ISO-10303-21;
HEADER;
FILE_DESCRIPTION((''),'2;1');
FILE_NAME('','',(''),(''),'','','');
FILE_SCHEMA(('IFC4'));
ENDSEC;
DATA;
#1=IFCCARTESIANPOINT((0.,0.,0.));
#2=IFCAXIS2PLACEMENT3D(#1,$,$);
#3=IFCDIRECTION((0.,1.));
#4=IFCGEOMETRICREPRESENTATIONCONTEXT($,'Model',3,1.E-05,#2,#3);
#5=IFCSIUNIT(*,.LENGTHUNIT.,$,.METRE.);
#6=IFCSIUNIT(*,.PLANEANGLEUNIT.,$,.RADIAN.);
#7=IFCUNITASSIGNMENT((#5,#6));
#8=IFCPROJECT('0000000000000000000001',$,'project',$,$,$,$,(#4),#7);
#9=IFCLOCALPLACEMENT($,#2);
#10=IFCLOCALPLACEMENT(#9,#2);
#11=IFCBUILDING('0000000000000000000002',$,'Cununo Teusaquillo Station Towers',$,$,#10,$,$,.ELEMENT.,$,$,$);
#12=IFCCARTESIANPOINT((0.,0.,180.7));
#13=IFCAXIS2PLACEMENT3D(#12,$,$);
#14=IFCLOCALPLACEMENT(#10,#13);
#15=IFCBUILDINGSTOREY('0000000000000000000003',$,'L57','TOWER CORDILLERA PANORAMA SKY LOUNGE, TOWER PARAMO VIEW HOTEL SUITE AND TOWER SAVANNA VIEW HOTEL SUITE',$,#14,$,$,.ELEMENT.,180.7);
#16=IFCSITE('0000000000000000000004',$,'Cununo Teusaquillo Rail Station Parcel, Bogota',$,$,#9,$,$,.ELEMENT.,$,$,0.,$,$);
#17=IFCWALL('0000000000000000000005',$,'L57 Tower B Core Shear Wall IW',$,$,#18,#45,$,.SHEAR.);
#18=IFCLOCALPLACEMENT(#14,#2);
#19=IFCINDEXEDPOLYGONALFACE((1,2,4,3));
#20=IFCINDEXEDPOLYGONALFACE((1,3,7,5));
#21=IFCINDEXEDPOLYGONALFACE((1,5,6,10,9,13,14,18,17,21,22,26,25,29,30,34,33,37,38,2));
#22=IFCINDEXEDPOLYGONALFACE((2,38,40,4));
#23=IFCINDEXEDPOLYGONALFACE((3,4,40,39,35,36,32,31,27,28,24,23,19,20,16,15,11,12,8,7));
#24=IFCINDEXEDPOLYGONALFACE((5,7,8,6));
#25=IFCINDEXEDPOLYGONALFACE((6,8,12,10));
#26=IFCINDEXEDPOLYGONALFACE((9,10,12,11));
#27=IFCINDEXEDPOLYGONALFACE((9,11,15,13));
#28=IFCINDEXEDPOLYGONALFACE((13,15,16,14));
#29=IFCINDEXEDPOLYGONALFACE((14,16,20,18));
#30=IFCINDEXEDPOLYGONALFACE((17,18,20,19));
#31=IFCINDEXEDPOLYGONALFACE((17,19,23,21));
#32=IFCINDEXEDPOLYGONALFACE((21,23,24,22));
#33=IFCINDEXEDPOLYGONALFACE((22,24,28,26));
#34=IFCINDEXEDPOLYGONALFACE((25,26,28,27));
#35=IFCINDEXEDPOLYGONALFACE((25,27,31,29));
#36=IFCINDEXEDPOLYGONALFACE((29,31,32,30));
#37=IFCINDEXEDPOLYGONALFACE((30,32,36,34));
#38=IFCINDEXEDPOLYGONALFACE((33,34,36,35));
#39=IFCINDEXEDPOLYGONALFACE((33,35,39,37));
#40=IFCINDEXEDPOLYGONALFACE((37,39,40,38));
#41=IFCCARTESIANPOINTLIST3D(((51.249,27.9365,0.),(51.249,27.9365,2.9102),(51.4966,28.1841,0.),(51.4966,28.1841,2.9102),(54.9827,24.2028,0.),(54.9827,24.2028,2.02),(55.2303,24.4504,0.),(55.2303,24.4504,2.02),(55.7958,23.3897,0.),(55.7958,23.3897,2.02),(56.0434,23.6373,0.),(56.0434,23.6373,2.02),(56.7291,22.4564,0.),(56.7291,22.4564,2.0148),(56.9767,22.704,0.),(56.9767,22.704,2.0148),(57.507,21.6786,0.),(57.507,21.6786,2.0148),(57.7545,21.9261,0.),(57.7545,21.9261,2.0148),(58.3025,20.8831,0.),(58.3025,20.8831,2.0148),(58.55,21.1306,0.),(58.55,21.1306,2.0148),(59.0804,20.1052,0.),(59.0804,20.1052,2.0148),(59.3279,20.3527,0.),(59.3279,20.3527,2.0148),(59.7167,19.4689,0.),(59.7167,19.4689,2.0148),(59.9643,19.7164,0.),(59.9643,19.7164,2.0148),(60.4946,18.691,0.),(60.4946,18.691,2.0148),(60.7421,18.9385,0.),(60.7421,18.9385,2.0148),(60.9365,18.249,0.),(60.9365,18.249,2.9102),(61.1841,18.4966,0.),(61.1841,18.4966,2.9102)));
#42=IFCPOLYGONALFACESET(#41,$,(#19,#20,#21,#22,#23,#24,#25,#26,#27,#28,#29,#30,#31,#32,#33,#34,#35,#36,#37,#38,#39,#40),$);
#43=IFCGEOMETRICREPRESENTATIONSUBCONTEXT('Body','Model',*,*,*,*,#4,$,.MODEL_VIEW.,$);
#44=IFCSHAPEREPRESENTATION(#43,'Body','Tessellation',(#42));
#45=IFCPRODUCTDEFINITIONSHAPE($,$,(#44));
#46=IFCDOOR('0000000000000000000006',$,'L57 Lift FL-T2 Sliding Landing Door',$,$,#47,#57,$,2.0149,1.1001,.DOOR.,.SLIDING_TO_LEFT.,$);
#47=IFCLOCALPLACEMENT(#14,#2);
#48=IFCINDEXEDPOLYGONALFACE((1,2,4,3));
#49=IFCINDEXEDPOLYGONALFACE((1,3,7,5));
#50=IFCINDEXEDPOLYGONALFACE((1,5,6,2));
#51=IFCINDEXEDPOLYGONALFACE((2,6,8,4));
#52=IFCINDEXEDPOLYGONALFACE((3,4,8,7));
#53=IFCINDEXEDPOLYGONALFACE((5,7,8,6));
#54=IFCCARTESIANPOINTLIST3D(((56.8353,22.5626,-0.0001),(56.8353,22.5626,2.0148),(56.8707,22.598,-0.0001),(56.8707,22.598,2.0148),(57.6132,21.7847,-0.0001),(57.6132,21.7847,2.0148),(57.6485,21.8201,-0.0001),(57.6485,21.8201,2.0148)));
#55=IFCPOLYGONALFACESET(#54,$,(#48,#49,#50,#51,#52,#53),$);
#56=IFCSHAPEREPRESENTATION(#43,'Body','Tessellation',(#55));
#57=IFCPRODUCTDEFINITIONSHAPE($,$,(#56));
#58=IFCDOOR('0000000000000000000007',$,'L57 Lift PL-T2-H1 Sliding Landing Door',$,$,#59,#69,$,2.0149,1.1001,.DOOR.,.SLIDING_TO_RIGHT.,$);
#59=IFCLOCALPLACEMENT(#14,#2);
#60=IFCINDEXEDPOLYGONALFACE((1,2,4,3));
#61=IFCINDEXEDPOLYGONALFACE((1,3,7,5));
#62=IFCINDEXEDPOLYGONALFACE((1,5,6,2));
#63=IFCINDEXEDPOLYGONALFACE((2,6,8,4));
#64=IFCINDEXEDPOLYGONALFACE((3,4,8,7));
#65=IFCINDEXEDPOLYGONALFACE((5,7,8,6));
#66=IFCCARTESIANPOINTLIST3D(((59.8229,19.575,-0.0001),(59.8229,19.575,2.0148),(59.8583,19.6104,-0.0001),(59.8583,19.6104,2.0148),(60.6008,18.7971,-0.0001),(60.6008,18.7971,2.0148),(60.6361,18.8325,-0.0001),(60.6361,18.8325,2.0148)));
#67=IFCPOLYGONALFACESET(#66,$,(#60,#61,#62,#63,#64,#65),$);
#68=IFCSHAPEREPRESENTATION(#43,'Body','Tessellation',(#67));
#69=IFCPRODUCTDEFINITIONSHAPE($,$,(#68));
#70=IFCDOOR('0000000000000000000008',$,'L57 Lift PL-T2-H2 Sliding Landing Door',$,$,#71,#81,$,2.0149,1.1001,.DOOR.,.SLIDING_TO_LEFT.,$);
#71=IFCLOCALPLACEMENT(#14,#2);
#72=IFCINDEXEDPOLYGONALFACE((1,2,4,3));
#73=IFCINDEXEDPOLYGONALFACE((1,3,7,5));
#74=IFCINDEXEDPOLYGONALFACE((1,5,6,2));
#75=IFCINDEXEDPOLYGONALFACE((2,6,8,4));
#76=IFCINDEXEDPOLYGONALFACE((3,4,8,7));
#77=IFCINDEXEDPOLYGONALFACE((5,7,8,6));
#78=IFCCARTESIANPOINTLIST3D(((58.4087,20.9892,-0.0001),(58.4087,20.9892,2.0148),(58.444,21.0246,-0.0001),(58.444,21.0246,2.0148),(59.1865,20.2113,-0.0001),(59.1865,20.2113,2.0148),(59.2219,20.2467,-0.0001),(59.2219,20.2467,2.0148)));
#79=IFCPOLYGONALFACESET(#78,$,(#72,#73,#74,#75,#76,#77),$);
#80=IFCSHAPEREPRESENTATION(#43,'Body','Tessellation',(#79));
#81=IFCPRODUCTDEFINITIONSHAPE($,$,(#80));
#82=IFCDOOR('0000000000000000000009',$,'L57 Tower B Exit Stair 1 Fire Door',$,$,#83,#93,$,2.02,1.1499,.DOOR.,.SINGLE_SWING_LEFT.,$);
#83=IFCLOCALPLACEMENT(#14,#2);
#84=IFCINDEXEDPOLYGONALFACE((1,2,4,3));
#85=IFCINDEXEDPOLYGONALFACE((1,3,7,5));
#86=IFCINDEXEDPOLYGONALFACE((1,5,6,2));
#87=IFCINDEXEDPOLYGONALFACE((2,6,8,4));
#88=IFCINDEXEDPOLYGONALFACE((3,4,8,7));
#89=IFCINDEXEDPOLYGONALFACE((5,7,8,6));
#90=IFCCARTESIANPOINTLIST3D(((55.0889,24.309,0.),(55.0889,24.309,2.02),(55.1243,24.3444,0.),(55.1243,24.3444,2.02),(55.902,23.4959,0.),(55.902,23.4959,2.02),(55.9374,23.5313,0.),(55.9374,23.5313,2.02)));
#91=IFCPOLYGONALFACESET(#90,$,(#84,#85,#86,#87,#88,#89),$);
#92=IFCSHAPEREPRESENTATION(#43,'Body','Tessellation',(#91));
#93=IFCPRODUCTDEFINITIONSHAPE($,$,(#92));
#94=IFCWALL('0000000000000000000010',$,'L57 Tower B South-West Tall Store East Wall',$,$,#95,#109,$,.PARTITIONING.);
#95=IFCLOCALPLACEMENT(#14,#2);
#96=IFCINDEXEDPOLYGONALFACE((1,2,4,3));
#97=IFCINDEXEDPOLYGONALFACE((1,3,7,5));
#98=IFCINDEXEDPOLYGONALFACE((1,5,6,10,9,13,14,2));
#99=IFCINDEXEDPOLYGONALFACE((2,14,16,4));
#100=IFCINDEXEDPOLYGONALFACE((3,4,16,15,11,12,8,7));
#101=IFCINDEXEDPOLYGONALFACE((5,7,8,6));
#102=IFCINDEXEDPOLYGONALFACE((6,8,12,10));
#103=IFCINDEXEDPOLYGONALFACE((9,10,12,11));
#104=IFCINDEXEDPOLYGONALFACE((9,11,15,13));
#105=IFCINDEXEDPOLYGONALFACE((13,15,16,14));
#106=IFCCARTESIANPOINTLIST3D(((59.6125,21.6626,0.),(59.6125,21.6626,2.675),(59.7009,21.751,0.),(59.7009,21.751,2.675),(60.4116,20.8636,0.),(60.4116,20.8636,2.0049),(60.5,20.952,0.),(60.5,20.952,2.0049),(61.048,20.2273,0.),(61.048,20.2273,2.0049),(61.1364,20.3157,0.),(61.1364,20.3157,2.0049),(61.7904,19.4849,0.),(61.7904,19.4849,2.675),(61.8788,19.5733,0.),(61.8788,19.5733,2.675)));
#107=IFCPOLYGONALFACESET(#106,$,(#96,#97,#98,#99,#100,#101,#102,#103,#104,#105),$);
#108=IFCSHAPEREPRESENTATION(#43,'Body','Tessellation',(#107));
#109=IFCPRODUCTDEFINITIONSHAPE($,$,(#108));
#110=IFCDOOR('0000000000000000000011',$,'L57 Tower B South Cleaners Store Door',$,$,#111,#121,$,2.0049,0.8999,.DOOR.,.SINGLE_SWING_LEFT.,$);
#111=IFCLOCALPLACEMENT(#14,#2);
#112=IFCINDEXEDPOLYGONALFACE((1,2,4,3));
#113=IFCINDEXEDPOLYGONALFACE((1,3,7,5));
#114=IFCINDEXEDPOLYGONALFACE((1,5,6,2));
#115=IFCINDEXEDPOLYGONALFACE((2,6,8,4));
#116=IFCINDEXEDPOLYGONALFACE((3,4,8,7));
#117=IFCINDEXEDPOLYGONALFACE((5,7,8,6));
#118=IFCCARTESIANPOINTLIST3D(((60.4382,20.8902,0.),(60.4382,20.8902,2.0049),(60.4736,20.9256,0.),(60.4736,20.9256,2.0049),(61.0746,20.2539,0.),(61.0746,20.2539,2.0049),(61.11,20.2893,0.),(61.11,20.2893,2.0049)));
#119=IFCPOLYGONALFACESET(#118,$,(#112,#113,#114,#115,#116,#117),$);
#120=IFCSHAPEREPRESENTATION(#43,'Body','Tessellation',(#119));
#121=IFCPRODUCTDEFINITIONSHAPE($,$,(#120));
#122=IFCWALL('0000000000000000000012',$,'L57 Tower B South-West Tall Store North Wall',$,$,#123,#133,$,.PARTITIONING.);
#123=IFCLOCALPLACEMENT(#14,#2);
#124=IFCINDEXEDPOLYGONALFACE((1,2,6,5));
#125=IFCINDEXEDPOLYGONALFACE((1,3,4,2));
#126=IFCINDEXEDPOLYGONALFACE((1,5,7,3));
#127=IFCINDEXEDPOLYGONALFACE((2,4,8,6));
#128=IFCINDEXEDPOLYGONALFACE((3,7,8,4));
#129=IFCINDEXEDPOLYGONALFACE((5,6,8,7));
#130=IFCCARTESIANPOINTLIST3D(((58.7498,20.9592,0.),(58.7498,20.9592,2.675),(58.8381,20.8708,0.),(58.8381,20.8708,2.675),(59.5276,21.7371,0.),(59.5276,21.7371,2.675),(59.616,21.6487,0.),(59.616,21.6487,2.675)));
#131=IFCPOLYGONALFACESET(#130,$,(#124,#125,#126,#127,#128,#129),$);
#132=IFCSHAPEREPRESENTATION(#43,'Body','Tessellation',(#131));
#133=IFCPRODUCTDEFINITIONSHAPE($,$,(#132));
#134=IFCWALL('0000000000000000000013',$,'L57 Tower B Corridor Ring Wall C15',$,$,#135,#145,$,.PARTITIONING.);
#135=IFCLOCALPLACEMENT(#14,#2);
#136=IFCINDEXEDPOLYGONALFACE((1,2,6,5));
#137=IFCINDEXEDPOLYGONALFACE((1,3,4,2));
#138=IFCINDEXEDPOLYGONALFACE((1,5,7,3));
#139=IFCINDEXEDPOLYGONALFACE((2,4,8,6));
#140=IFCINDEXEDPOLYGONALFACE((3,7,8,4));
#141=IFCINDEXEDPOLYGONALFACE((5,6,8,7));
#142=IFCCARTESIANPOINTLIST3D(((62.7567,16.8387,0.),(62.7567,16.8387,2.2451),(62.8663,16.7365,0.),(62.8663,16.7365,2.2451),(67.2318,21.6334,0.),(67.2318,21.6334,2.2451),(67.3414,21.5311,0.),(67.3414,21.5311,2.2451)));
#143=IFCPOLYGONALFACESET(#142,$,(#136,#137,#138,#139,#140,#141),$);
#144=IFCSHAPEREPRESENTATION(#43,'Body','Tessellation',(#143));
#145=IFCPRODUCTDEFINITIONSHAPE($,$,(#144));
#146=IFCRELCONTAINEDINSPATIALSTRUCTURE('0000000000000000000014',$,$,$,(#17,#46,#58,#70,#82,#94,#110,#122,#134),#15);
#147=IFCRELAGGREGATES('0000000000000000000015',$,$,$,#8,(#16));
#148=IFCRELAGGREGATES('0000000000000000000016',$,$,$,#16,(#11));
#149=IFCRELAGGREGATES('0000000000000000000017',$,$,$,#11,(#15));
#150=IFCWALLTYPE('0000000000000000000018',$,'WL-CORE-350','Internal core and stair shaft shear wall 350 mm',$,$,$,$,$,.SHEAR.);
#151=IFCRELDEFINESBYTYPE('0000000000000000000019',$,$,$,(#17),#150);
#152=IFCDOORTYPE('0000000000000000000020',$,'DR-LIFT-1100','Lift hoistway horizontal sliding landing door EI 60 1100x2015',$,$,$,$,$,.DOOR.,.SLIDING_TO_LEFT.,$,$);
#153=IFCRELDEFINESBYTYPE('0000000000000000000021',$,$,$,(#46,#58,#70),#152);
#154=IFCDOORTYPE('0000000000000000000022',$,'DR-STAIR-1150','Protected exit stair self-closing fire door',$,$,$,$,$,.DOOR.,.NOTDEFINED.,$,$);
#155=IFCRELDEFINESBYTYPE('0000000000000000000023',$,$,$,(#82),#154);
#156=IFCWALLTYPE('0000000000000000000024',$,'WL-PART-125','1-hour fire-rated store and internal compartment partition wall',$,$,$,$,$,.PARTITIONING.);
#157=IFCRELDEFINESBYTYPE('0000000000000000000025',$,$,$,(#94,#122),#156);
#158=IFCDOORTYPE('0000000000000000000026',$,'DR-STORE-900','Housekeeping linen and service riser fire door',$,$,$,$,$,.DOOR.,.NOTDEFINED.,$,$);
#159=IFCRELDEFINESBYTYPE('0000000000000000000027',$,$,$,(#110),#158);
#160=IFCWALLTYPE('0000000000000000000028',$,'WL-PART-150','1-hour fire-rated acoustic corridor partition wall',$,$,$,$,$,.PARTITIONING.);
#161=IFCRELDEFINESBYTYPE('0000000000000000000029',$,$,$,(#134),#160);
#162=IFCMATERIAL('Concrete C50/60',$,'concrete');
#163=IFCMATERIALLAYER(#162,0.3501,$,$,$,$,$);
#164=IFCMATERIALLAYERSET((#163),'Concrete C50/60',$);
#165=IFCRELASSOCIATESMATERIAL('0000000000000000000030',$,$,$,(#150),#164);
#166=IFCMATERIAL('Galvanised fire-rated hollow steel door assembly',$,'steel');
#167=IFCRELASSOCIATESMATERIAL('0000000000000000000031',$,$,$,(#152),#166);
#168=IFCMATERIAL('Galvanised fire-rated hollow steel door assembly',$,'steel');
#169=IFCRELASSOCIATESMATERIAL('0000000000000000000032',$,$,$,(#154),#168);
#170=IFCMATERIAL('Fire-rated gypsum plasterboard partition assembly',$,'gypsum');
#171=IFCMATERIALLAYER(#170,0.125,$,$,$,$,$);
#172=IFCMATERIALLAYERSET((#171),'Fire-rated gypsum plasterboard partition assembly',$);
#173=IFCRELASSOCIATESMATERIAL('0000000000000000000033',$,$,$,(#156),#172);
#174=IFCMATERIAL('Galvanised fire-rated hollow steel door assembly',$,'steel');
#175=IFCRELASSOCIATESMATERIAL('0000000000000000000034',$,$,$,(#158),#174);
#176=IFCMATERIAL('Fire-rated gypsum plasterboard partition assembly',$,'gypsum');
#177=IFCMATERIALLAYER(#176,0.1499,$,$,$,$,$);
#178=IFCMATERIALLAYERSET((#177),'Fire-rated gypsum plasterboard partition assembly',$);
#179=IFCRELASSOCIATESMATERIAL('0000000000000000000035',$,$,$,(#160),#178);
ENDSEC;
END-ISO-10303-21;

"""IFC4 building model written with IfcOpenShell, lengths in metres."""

from ifc_helpers import new_model, si_unit, direction, frame, frame_2d, origin, place, context, subcontext, project, spatial, rectangle, extrude, source, transform, mapped, material, layer, layer_set, type_object, element, fill, save


model = new_model("IFC4")

# Units and contexts
model_context = context("Model", 3, precision=1e-05, world=origin(), true_north=direction((0.0, 1.0)))
body_context = subcontext(model_context, "Body", "Model", "MODEL_VIEW")
ifc_project = project(units=[si_unit("LENGTHUNIT", "METRE"), si_unit("PLANEANGLEUNIT", "RADIAN")], contexts=[model_context])

# Site, building, storey
site_placement = place(None, origin())
site = spatial("IfcSite", under=ifc_project, at=site_placement, Name="Cununo Teusaquillo Rail Station Parcel, Bogota", CompositionType="ELEMENT", RefElevation=0.0)
building_placement = place(site_placement, origin())
building = spatial("IfcBuilding", under=site, at=building_placement, Name="Cununo Teusaquillo Station Towers", CompositionType="ELEMENT")
storey_placement = place(building_placement, frame((0.0, 0.0, 180.7)))
storey = spatial("IfcBuildingStorey", under=building, at=storey_placement, Name="L57", Description="TOWER CORDILLERA PANORAMA SKY LOUNGE, TOWER PARAMO VIEW HOTEL SUITE AND TOWER SAVANNA VIEW HOTEL SUITE", CompositionType="ELEMENT", Elevation=180.7)

# Wall, openings, doors
ifc_material_1 = material(Name="Concrete C50/60", Category="concrete")
ifc_layer_1 = layer(ifc_material_1, 0.3501)
ifc_layer_set_1 = layer_set([ifc_layer_1], Name="Concrete C50/60")
wall_type_1 = type_object("IfcWallType", Name="WL-CORE-350", Description="Internal core and stair shaft shear wall 350 mm", PredefinedType="SHEAR", material=ifc_layer_set_1)
wall_1_placement = place(storey_placement, frame((61.0603, 18.3728, 0.0), z_axis=(0.0, 0.0, 1.0), x_axis=(-0.707107, 0.707107, 0.0)))
wall_1 = element("IfcWall", 1, at=wall_1_placement, inside=storey, type_object=wall_type_1, Name="L57 Tower B Core Shear Wall IW", PredefinedType="SHEAR", context=body_context, shape_type="SweptSolid", body=[
    extrude(rectangle(XDim=13.7002, YDim=0.3501, at=frame_2d((6.8501, 0.0))), origin(), (0.0, 0.0, 1.0), 2.9102),
])
shared_shape_1 = source(origin(), body_context, "Body", "SweptSolid", [
    extrude(rectangle(XDim=1.1001, YDim=2.0149, at=frame_2d((0.55, 1.0073))), frame((0.0, 0.1851, 0.0), z_axis=(0.0, -1.0, 0.0), x_axis=(1.0, 0.0, 0.0)), (0.0, 0.0, 1.0), 0.3701),
])
opening_1_placement = place(wall_1_placement, frame((4.8501, 0.0, 0.0)))
opening_1 = element("IfcOpeningElement", 2, at=opening_1_placement, cuts=wall_1, PredefinedType="OPENING", context=body_context, shape_type="MappedRepresentation", body=[
    mapped(shared_shape_1, transform((0.0, 0.0, 0.0), x_axis=(1.0, 0.0, 0.0), y_axis=(0.0, 1.0, 0.0), z_axis=(0.0, 0.0, 1.0), scale=1.0)),
])
opening_2_placement = place(wall_1_placement, frame((0.625, 0.0, 0.0)))
opening_2 = element("IfcOpeningElement", 3, at=opening_2_placement, cuts=wall_1, PredefinedType="OPENING", context=body_context, shape_type="MappedRepresentation", body=[
    mapped(shared_shape_1, transform((0.0, 0.0, 0.0), x_axis=(1.0, 0.0, 0.0), y_axis=(0.0, 1.0, 0.0), z_axis=(0.0, 0.0, 1.0), scale=1.0)),
])
opening_3_placement = place(wall_1_placement, frame((2.625, 0.0, 0.0)))
opening_3 = element("IfcOpeningElement", 4, at=opening_3_placement, cuts=wall_1, PredefinedType="OPENING", context=body_context, shape_type="MappedRepresentation", body=[
    mapped(shared_shape_1, transform((0.0, 0.0, 0.0), x_axis=(1.0, 0.0, 0.0), y_axis=(0.0, 1.0, 0.0), z_axis=(0.0, 0.0, 1.0), scale=1.0)),
])
shared_shape_2 = source(origin(), body_context, "Body", "SweptSolid", [
    extrude(rectangle(XDim=1.1499, YDim=2.02, at=frame_2d((0.575, 1.01))), frame((0.0, 0.1851, 0.0), z_axis=(0.0, -1.0, 0.0), x_axis=(1.0, 0.0, 0.0)), (0.0, 0.0, 1.0), 0.3701),
])
opening_4_placement = place(wall_1_placement, frame((7.27, 0.0, 0.0)))
opening_4 = element("IfcOpeningElement", 5, at=opening_4_placement, cuts=wall_1, PredefinedType="OPENING", context=body_context, shape_type="MappedRepresentation", body=[
    mapped(shared_shape_2, transform((0.0, 0.0, 0.0), x_axis=(1.0, 0.0, 0.0), y_axis=(0.0, 1.0, 0.0), z_axis=(0.0, 0.0, 1.0), scale=1.0)),
])
ifc_material_2 = material(Name="Galvanised fire-rated hollow steel door assembly", Category="steel")
door_type_1 = type_object("IfcDoorType", Name="DR-LIFT-1100", Description="Lift hoistway horizontal sliding landing door EI 60 1100x2015", OperationType="SLIDING_TO_LEFT", PredefinedType="DOOR", material=ifc_material_2)
shared_shape_3 = source(origin(), body_context, "Body", "SweptSolid", [
    extrude(rectangle(XDim=1.1001, YDim=2.0149, at=frame_2d((0.55, 1.0073))), frame((0.0, 0.0249, 0.0), z_axis=(0.0, -1.0, 0.0), x_axis=(1.0, 0.0, 0.0)), (0.0, 0.0, 1.0), 0.05),
])
door_1_placement = place(opening_1_placement, origin())
door_1 = element("IfcDoor", 6, at=door_1_placement, inside=storey, type_object=door_type_1, Name="L57 Lift FL-T2 Sliding Landing Door", OperationType="SLIDING_TO_LEFT", OverallHeight=2.0149, OverallWidth=1.1001, PredefinedType="DOOR", context=body_context, shape_type="MappedRepresentation", body=[
    mapped(shared_shape_3, transform((0.0, 0.0, 0.0), x_axis=(1.0, 0.0, 0.0), y_axis=(0.0, 1.0, 0.0), z_axis=(0.0, 0.0, 1.0), scale=1.0)),
])
fill(opening_1, door_1)
door_2_placement = place(opening_2_placement, origin())
door_2 = element("IfcDoor", 7, at=door_2_placement, inside=storey, type_object=door_type_1, Name="L57 Lift PL-T2-H1 Sliding Landing Door", OperationType="SLIDING_TO_RIGHT", OverallHeight=2.0149, OverallWidth=1.1001, PredefinedType="DOOR", context=body_context, shape_type="MappedRepresentation", body=[
    mapped(shared_shape_3, transform((0.0, 0.0, 0.0), x_axis=(1.0, 0.0, 0.0), y_axis=(0.0, 1.0, 0.0), z_axis=(0.0, 0.0, 1.0), scale=1.0)),
])
fill(opening_2, door_2)
door_3_placement = place(opening_3_placement, origin())
door_3 = element("IfcDoor", 8, at=door_3_placement, inside=storey, type_object=door_type_1, Name="L57 Lift PL-T2-H2 Sliding Landing Door", OperationType="SLIDING_TO_LEFT", OverallHeight=2.0149, OverallWidth=1.1001, PredefinedType="DOOR", context=body_context, shape_type="MappedRepresentation", body=[
    mapped(shared_shape_3, transform((0.0, 0.0, 0.0), x_axis=(1.0, 0.0, 0.0), y_axis=(0.0, 1.0, 0.0), z_axis=(0.0, 0.0, 1.0), scale=1.0)),
])
fill(opening_3, door_3)
ifc_material_3 = material(Name="Galvanised fire-rated hollow steel door assembly", Category="steel")
door_type_2 = type_object("IfcDoorType", Name="DR-STAIR-1150", Description="Protected exit stair self-closing fire door", OperationType="NOTDEFINED", PredefinedType="DOOR", material=ifc_material_3)
shared_shape_4 = source(origin(), body_context, "Body", "SweptSolid", [
    extrude(rectangle(XDim=1.1499, YDim=2.02, at=frame_2d((0.575, 1.01))), frame((0.0, 0.0249, 0.0), z_axis=(0.0, -1.0, 0.0), x_axis=(1.0, 0.0, 0.0)), (0.0, 0.0, 1.0), 0.05),
])
door_4_placement = place(opening_4_placement, origin())
door_4 = element("IfcDoor", 9, at=door_4_placement, inside=storey, type_object=door_type_2, Name="L57 Tower B Exit Stair 1 Fire Door", OperationType="SINGLE_SWING_LEFT", OverallHeight=2.02, OverallWidth=1.1499, PredefinedType="DOOR", context=body_context, shape_type="MappedRepresentation", body=[
    mapped(shared_shape_4, transform((0.0, 0.0, 0.0), x_axis=(1.0, 0.0, 0.0), y_axis=(0.0, 1.0, 0.0), z_axis=(0.0, 0.0, 1.0), scale=1.0)),
])
fill(opening_4, door_4)

# Wall, opening, door
ifc_material_4 = material(Name="Fire-rated gypsum plasterboard partition assembly", Category="gypsum")
ifc_layer_2 = layer(ifc_material_4, 0.125)
ifc_layer_set_2 = layer_set([ifc_layer_2], Name="Fire-rated gypsum plasterboard partition assembly")
wall_type_2 = type_object("IfcWallType", Name="WL-PART-125", Description="1-hour fire-rated store and internal compartment partition wall", PredefinedType="PARTITIONING", material=ifc_layer_set_2)
wall_2_placement = place(storey_placement, frame((61.8347, 19.5291, 0.0), z_axis=(0.0, 0.0, 1.0), x_axis=(-0.707146, 0.707067, 0.0)))
wall_2 = element("IfcWall", 10, at=wall_2_placement, inside=storey, type_object=wall_type_2, Name="L57 Tower B South-West Tall Store East Wall", PredefinedType="PARTITIONING", context=body_context, shape_type="SweptSolid", body=[
    extrude(rectangle(XDim=3.0798, YDim=0.125, at=frame_2d((1.54, 0.0))), origin(), (0.0, 0.0, 1.0), 2.675),
])
shared_shape_5 = source(origin(), body_context, "Body", "SweptSolid", [
    extrude(rectangle(XDim=0.8999, YDim=2.0049, at=frame_2d((0.45, 1.0024))), frame((0.0, 0.0725, 0.0), z_axis=(0.0, -1.0, 0.0), x_axis=(1.0, 0.0, 0.0)), (0.0, 0.0, 1.0), 0.145),
])
opening_5_placement = place(wall_2_placement, frame((1.05, 0.0, 0.0)))
opening_5 = element("IfcOpeningElement", 11, at=opening_5_placement, cuts=wall_2, PredefinedType="OPENING", context=body_context, shape_type="MappedRepresentation", body=[
    mapped(shared_shape_5, transform((0.0, 0.0, 0.0), x_axis=(1.0, 0.0, 0.0), y_axis=(0.0, 1.0, 0.0), z_axis=(0.0, 0.0, 1.0), scale=1.0)),
])
ifc_material_5 = material(Name="Galvanised fire-rated hollow steel door assembly", Category="steel")
door_type_3 = type_object("IfcDoorType", Name="DR-STORE-900", Description="Housekeeping linen and service riser fire door", OperationType="NOTDEFINED", PredefinedType="DOOR", material=ifc_material_5)
shared_shape_6 = source(origin(), body_context, "Body", "SweptSolid", [
    extrude(rectangle(XDim=0.8999, YDim=2.0049, at=frame_2d((0.45, 1.0024))), frame((0.0, 0.0249, 0.0), z_axis=(0.0, -1.0, 0.0), x_axis=(1.0, 0.0, 0.0)), (0.0, 0.0, 1.0), 0.05),
])
door_5_placement = place(opening_5_placement, origin())
door_5 = element("IfcDoor", 12, at=door_5_placement, inside=storey, type_object=door_type_3, Name="L57 Tower B South Cleaners Store Door", OperationType="SINGLE_SWING_LEFT", OverallHeight=2.0049, OverallWidth=0.8999, PredefinedType="DOOR", context=body_context, shape_type="MappedRepresentation", body=[
    mapped(shared_shape_6, transform((0.0, 0.0, 0.0), x_axis=(1.0, 0.0, 0.0), y_axis=(0.0, 1.0, 0.0), z_axis=(0.0, 0.0, 1.0), scale=1.0)),
])
fill(opening_5, door_5)

# Walls
wall_3_placement = place(storey_placement, frame((58.7939, 20.915, 0.0), z_axis=(0.0, 0.0, 1.0), x_axis=(0.707107, 0.707107, 0.0)))
element("IfcWall", 13, at=wall_3_placement, inside=storey, type_object=wall_type_2, Name="L57 Tower B South-West Tall Store North Wall", PredefinedType="PARTITIONING", context=body_context, shape_type="SweptSolid", body=[
    extrude(rectangle(XDim=1.1001, YDim=0.125, at=frame_2d((0.55, 0.0))), origin(), (0.0, 0.0, 1.0), 2.675),
])
ifc_material_6 = material(Name="Fire-rated gypsum plasterboard partition assembly", Category="gypsum")
ifc_layer_3 = layer(ifc_material_6, 0.1499)
ifc_layer_set_3 = layer_set([ifc_layer_3], Name="Fire-rated gypsum plasterboard partition assembly")
wall_type_3 = type_object("IfcWallType", Name="WL-PART-150", Description="1-hour fire-rated acoustic corridor partition wall", PredefinedType="PARTITIONING", material=ifc_layer_set_3)
wall_4_placement = place(storey_placement, frame((62.8115, 16.7876, 0.0), z_axis=(0.0, 0.0, 1.0), x_axis=(0.682324, 0.73105, 0.0)))
element("IfcWall", 14, at=wall_4_placement, inside=storey, type_object=wall_type_3, Name="L57 Tower B Corridor Ring Wall C15", PredefinedType="PARTITIONING", context=body_context, shape_type="SweptSolid", body=[
    extrude(rectangle(XDim=6.5586, YDim=0.1499, at=frame_2d((3.2793, 0.0))), origin(), (0.0, 0.0, 1.0), 2.2451),
])

save(model, "model.ifc")
